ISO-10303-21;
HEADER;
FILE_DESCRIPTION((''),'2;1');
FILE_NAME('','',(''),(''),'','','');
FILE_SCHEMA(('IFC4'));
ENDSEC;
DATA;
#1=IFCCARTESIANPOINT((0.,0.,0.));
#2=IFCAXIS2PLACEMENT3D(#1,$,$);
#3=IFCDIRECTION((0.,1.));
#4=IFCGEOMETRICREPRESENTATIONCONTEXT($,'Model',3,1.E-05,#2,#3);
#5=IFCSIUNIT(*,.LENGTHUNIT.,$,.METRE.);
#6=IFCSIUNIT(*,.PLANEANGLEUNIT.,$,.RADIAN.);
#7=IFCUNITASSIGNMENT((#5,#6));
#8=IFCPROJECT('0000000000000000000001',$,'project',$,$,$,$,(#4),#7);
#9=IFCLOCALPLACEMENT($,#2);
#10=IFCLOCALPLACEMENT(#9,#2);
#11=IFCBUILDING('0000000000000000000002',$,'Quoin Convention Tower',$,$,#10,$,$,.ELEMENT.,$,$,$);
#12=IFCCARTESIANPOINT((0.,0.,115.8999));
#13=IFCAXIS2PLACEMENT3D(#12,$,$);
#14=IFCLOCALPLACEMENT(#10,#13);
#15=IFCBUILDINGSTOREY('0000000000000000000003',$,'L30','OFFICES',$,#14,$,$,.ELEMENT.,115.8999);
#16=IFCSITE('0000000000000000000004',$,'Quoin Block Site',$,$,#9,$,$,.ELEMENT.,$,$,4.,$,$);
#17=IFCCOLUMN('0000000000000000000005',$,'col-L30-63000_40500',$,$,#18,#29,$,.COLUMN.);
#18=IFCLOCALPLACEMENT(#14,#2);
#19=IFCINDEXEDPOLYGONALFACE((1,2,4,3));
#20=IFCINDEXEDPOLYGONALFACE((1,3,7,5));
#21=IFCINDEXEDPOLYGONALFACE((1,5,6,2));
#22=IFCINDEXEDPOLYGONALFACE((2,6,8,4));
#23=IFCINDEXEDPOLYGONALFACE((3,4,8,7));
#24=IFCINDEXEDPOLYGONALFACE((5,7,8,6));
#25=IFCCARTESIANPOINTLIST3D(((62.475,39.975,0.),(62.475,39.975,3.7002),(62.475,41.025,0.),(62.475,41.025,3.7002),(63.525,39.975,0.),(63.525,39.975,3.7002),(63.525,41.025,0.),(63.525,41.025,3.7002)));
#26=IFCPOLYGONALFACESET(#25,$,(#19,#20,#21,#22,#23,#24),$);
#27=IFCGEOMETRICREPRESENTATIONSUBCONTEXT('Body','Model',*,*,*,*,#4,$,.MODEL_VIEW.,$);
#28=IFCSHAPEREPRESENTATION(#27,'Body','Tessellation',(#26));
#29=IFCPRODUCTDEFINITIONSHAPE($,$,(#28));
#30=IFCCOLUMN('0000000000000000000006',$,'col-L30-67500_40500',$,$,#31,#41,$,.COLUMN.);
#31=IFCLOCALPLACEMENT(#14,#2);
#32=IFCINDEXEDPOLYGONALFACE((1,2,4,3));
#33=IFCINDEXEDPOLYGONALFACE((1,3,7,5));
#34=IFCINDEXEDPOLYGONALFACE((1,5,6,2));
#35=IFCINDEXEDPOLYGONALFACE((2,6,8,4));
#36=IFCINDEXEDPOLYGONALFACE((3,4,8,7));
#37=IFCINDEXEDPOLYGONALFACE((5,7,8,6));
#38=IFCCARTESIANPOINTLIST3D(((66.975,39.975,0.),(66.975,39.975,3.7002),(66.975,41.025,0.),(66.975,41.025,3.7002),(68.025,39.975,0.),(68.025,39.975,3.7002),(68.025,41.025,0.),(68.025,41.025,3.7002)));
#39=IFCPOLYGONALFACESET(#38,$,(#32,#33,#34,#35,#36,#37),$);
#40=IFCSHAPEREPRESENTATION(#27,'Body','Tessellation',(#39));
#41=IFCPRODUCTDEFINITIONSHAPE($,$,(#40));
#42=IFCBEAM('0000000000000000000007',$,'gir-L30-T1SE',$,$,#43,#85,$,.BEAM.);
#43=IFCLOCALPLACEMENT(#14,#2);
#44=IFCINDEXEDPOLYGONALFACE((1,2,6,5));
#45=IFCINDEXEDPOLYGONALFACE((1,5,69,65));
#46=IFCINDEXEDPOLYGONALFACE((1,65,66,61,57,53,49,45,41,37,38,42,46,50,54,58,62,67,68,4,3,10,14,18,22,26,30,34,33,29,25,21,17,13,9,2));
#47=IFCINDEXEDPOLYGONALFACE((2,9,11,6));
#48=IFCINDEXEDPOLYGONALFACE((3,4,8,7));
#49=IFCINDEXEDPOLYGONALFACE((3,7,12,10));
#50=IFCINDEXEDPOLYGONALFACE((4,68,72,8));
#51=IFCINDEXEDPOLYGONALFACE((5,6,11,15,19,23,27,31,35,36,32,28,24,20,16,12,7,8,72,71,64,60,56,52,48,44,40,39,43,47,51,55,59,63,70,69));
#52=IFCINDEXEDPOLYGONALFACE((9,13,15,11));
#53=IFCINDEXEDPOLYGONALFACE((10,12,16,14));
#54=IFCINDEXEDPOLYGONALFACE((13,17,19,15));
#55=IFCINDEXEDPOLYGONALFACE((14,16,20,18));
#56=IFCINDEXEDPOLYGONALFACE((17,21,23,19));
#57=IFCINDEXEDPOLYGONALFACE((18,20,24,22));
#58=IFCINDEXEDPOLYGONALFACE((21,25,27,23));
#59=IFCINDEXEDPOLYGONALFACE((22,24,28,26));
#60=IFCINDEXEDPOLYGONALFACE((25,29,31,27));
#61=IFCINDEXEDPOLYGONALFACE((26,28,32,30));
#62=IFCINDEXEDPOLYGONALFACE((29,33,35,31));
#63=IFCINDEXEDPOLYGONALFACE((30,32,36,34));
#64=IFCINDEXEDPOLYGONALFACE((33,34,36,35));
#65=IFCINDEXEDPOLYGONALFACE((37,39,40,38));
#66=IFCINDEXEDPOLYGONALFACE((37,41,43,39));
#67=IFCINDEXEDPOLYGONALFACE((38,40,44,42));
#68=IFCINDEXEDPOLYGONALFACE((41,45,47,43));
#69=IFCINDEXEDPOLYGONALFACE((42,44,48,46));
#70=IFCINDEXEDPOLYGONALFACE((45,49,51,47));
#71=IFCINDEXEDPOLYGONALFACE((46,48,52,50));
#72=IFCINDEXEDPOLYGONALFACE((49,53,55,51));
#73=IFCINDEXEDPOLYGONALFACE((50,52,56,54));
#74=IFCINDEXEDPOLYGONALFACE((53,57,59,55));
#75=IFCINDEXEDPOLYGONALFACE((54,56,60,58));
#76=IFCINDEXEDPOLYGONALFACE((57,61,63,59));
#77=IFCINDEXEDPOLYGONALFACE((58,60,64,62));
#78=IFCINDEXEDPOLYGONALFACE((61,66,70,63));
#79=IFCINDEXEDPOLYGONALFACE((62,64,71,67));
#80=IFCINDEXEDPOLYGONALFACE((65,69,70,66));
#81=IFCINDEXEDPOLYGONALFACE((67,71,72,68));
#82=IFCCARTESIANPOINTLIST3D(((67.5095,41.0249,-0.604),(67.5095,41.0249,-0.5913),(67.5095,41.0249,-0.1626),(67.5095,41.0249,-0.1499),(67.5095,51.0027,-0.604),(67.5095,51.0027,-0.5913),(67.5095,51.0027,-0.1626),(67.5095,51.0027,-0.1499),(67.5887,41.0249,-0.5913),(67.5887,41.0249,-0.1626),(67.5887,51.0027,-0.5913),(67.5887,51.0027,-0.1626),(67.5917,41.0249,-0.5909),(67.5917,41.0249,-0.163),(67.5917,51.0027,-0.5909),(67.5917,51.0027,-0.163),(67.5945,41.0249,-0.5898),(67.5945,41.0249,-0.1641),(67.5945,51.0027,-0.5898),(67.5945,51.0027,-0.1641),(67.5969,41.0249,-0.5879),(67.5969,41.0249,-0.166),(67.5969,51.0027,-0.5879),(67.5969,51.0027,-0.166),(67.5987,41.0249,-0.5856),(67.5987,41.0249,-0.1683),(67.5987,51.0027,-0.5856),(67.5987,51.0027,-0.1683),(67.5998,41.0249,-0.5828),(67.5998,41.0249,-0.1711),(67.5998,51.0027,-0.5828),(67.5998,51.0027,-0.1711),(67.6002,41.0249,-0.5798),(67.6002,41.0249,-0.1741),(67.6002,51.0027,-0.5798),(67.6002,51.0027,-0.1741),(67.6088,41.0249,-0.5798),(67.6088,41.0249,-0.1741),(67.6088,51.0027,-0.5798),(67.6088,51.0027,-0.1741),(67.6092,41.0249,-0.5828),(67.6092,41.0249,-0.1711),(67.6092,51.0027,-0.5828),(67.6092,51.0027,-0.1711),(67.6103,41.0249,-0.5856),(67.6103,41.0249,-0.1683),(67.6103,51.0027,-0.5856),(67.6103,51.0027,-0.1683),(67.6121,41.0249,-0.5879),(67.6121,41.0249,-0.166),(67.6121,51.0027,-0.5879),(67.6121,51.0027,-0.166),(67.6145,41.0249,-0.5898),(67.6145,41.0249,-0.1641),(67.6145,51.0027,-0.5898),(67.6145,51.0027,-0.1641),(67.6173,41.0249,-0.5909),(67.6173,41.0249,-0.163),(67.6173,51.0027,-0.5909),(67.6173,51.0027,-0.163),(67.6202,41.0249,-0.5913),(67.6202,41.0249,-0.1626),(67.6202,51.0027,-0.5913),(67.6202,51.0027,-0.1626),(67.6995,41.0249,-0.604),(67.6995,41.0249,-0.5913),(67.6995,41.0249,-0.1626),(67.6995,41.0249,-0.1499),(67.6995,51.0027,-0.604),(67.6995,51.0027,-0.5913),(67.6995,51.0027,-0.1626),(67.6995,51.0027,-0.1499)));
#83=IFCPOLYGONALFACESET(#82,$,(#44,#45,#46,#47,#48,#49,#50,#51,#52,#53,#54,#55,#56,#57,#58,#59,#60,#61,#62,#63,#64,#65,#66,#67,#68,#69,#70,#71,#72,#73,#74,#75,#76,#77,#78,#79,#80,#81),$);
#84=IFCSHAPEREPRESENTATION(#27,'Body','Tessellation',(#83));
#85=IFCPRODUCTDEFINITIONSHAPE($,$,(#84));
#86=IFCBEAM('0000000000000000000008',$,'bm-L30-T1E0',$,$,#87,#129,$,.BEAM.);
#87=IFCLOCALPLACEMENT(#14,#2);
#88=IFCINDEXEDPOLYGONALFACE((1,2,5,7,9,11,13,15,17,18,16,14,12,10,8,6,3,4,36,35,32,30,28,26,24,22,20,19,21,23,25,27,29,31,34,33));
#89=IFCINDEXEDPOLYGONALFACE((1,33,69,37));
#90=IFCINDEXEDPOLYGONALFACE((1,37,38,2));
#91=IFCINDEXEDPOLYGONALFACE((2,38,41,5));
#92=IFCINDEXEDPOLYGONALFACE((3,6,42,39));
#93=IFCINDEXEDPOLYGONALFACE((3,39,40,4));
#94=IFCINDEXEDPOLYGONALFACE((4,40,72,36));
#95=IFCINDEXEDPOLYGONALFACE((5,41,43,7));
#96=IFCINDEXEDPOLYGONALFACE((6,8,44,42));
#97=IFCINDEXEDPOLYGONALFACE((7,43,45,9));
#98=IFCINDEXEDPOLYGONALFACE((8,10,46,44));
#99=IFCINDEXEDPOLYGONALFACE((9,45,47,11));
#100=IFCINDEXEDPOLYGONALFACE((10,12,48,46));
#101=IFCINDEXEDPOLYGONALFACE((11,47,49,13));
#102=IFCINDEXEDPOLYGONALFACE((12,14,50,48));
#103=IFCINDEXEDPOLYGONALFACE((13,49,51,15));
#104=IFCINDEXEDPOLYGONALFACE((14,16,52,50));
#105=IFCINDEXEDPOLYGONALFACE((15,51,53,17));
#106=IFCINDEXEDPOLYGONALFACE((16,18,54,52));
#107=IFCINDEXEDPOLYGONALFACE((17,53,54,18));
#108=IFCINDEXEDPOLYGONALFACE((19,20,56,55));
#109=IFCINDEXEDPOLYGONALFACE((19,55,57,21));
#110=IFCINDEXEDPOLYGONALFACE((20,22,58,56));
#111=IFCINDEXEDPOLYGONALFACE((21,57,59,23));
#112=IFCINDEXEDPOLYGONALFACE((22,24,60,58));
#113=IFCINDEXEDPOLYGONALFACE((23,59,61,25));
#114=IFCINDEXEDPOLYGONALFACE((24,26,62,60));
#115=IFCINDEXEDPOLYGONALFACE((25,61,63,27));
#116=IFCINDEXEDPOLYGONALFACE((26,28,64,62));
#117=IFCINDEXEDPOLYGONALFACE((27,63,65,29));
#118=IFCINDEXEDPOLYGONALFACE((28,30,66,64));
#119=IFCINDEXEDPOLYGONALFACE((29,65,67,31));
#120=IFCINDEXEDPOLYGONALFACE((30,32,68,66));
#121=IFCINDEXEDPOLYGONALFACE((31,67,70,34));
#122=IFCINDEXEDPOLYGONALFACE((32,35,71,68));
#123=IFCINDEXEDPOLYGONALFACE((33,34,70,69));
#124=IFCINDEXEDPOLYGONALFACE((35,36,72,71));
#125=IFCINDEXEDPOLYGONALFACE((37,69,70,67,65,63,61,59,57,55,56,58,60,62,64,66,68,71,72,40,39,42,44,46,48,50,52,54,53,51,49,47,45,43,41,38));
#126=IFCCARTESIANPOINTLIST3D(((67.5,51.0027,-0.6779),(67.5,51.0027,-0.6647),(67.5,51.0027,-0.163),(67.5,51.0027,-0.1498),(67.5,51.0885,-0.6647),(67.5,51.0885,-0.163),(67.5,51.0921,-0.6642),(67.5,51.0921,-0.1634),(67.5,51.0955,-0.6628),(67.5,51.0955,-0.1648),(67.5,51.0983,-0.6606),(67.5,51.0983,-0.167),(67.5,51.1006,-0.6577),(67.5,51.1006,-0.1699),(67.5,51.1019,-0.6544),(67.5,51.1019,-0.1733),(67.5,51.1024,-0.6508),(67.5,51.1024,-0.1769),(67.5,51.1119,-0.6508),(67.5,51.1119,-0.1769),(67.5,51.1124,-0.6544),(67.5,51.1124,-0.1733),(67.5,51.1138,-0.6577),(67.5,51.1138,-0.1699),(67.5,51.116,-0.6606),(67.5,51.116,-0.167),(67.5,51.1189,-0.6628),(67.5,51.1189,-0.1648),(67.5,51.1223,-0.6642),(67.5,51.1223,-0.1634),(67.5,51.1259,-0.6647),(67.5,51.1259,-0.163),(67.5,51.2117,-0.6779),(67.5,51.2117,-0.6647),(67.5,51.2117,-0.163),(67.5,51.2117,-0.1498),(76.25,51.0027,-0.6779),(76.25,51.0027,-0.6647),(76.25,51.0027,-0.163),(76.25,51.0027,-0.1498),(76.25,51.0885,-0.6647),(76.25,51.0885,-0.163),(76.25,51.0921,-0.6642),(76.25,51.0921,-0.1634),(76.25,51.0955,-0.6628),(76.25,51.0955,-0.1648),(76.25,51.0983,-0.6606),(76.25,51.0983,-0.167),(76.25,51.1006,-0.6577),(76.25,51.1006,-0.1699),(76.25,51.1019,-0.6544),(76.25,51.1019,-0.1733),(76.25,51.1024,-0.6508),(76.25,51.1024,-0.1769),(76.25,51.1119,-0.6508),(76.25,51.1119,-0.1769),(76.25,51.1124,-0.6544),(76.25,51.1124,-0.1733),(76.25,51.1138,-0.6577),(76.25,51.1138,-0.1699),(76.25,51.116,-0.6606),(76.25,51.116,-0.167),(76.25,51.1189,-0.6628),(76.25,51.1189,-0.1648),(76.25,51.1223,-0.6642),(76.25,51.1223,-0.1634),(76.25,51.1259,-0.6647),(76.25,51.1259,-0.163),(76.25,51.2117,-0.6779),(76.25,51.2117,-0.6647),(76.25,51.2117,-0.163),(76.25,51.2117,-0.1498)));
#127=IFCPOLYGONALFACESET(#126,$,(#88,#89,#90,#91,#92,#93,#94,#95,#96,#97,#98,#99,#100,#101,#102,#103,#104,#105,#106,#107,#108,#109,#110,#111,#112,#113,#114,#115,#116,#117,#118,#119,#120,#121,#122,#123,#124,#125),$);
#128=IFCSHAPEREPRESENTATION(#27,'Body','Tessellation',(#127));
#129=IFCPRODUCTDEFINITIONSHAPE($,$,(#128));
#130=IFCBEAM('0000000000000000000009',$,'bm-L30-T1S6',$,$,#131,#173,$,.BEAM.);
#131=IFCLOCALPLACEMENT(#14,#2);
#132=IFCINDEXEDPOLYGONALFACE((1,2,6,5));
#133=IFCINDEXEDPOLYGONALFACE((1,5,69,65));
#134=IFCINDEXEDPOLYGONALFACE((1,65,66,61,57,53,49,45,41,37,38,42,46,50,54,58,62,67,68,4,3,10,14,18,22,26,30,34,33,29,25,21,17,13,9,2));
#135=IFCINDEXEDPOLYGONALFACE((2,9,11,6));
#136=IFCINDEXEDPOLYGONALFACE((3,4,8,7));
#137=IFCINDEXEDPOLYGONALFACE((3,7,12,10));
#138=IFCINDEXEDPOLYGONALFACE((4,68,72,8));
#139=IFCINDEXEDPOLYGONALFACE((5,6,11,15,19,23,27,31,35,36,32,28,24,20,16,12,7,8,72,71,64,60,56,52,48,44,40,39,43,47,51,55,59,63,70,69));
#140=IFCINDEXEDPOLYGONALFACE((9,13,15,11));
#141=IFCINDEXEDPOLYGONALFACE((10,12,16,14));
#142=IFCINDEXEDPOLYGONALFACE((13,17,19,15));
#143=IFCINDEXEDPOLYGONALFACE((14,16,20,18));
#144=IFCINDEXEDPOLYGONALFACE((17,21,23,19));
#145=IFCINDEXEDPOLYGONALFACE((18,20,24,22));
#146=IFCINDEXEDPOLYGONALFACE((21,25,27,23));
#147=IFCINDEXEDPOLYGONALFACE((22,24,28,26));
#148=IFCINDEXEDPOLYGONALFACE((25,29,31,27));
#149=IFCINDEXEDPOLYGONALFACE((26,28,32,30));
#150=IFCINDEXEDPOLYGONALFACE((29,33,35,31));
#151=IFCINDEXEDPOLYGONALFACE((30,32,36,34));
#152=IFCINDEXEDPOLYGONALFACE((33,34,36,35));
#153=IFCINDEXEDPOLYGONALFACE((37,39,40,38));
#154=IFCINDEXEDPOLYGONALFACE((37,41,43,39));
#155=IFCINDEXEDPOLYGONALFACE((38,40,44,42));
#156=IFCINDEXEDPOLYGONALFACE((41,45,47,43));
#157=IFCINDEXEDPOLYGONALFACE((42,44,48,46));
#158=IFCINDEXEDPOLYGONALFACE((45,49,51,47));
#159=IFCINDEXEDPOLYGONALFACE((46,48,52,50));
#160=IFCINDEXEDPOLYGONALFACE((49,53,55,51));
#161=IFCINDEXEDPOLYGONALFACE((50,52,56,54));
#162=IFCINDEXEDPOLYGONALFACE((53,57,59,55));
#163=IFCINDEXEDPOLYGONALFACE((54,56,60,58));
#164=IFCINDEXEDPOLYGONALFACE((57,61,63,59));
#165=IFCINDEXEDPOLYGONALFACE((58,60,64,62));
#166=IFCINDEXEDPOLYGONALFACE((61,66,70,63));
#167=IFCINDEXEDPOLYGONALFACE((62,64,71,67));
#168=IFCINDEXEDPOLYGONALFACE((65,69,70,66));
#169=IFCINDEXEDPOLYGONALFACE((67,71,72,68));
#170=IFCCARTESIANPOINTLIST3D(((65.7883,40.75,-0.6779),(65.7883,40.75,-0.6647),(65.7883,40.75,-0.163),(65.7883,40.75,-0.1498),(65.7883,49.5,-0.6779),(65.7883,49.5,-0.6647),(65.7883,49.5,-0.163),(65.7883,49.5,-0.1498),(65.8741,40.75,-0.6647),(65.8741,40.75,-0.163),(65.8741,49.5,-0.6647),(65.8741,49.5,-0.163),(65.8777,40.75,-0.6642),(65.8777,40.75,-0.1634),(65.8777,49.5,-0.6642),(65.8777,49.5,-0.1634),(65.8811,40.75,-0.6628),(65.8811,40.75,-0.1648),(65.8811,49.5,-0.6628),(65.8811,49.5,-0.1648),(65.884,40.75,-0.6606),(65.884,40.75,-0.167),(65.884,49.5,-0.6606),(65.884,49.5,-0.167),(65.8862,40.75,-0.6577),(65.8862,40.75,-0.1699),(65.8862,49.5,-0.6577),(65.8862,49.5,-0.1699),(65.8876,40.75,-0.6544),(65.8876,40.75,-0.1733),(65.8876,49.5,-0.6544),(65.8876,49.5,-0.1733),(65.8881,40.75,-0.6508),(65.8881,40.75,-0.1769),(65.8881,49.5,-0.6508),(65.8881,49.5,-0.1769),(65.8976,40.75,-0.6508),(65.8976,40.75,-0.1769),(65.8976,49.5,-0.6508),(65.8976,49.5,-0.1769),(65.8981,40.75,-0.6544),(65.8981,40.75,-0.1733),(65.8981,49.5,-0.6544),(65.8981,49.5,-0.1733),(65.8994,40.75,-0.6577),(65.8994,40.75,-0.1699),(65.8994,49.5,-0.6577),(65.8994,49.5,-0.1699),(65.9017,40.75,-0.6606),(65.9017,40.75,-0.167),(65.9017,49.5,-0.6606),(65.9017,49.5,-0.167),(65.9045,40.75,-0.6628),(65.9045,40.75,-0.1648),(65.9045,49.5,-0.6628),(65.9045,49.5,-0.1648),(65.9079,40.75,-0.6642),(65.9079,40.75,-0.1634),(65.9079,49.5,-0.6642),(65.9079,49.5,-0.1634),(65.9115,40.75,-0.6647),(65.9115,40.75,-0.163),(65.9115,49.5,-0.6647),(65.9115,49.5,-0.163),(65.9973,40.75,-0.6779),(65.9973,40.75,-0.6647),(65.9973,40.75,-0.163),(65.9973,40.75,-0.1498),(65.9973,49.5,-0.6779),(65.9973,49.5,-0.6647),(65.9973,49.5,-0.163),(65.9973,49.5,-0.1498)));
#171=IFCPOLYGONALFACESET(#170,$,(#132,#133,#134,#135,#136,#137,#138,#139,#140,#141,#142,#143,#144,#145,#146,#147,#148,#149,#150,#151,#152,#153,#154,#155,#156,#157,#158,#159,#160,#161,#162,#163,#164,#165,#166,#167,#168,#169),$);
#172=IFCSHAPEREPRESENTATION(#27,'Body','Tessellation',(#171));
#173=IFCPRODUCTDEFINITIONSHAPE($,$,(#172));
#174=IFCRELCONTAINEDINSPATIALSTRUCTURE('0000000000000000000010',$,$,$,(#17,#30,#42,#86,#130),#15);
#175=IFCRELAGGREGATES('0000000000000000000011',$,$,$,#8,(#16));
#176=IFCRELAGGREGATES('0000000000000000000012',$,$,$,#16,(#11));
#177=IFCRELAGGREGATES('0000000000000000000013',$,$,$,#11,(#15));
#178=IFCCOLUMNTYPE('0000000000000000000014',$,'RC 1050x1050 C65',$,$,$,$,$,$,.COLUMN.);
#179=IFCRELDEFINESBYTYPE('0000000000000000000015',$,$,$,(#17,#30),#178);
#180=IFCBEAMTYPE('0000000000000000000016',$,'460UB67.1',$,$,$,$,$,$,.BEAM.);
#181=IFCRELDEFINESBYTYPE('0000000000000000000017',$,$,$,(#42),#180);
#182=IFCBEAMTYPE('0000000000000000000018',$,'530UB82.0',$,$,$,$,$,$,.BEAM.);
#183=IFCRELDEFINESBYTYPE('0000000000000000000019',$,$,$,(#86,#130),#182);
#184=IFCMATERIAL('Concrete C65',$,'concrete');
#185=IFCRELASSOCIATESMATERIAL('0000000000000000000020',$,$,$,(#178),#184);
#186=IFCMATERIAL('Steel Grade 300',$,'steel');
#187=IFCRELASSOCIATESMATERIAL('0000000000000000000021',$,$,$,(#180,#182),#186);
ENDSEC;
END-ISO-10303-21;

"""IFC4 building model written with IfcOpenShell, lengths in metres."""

from ifc_helpers import new_model, si_unit, direction, frame, origin, origin_2d, place, context, subcontext, project, spatial, rectangle, i_section, extrude, material, material_profile, profile_set, type_object, element, save


model = new_model("IFC4")

# Units and contexts
model_context = context("Model", 3, precision=1e-05, world=origin(), true_north=direction((0.0, 1.0)))
body_context = subcontext(model_context, "Body", "Model", "MODEL_VIEW")
ifc_project = project(units=[si_unit("LENGTHUNIT", "METRE"), si_unit("PLANEANGLEUNIT", "RADIAN")], contexts=[model_context])

# Site, building, storey
site_placement = place(None, origin())
site = spatial("IfcSite", under=ifc_project, at=site_placement, Name="Quoin Block Site", CompositionType="ELEMENT", RefElevation=4.0)
building_placement = place(site_placement, origin())
building = spatial("IfcBuilding", under=site, at=building_placement, Name="Quoin Convention Tower", CompositionType="ELEMENT")
storey_placement = place(building_placement, frame((0.0, 0.0, 115.8999)))
storey = spatial("IfcBuildingStorey", under=building, at=storey_placement, Name="L30", Description="OFFICES", CompositionType="ELEMENT", Elevation=115.8999)

# Columns
ifc_material_1 = material(Name="Concrete C65", Category="concrete")
ifc_material_profile_1 = material_profile(ifc_material_1, rectangle(XDim=1.05, YDim=1.05, at=origin_2d()), Name="RC 1050x1050")
ifc_profile_set_1 = profile_set([ifc_material_profile_1], Name="Concrete C65")
column_type = type_object("IfcColumnType", Name="RC 1050x1050 C65", PredefinedType="COLUMN", material=ifc_profile_set_1)
for number, where, z_axis, x_axis, name in (
    (1, (63.0, 40.5, 0.0), (0.0, 0.0, 1.0), (1.0, 0.0, 0.0), "col-L30-63000_40500"),
    (2, (67.5, 40.5, 0.0), (0.0, 0.0, 1.0), (1.0, 0.0, 0.0), "col-L30-67500_40500"),
):
    element("IfcColumn", number, at=place(storey_placement, frame(where, z_axis=z_axis, x_axis=x_axis)), inside=storey, type_object=column_type, Name=name, PredefinedType="COLUMN", context=body_context, shape_type="SweptSolid", body=[
        extrude(rectangle(XDim=1.05, YDim=1.05, at=origin_2d()), origin(), (0.0, 0.0, 1.0), 3.7002),
    ])

# Beams
ifc_material_2 = material(Name="Steel Grade 300", Category="steel")
ifc_material_profile_2 = material_profile(ifc_material_2, i_section(OverallWidth=0.1899, OverallDepth=0.4541, WebThickness=0.0085, FlangeThickness=0.0127, FilletRadius=0.0115, at=origin_2d()), Name="460UB67.1")
ifc_profile_set_2 = profile_set([ifc_material_profile_2], Name="Steel Grade 300")
beam_type_1 = type_object("IfcBeamType", Name="460UB67.1", PredefinedType="BEAM", material=ifc_profile_set_2)
beam_1_placement = place(storey_placement, frame((67.6045, 41.0249, -0.377), z_axis=(0.0, 1.0, 0.0), x_axis=(-1.0, 0.0, 0.0)))
element("IfcBeam", 3, at=beam_1_placement, inside=storey, type_object=beam_type_1, Name="gir-L30-T1SE", PredefinedType="BEAM", context=body_context, shape_type="SweptSolid", body=[
    extrude(i_section(OverallWidth=0.1899, OverallDepth=0.4541, WebThickness=0.0085, FlangeThickness=0.0127, FilletRadius=0.0115, at=origin_2d()), origin(), (0.0, 0.0, 1.0), 9.9778),
])
ifc_material_profile_3 = material_profile(ifc_material_2, i_section(OverallWidth=0.209, OverallDepth=0.5281, WebThickness=0.0095, FlangeThickness=0.0132, FilletRadius=0.0139, at=origin_2d()), Name="530UB82.0")
ifc_profile_set_3 = profile_set([ifc_material_profile_3], Name="Steel Grade 300")
beam_type_2 = type_object("IfcBeamType", Name="530UB82.0", PredefinedType="BEAM", material=ifc_profile_set_3)
for number, where, z_axis, x_axis, name in (
    (4, (67.5, 51.1072, -0.4138), (1.0, 0.0, 0.0), (0.0, 1.0, 0.0), "bm-L30-T1E0"),
    (5, (65.8928, 40.75, -0.4138), (0.0, 1.0, 0.0), (-1.0, 0.0, 0.0), "bm-L30-T1S6"),
):
    element("IfcBeam", number, at=place(storey_placement, frame(where, z_axis=z_axis, x_axis=x_axis)), inside=storey, type_object=beam_type_2, Name=name, PredefinedType="BEAM", context=body_context, shape_type="SweptSolid", body=[
        extrude(i_section(OverallWidth=0.209, OverallDepth=0.5281, WebThickness=0.0095, FlangeThickness=0.0132, FilletRadius=0.0139, at=origin_2d()), origin(), (0.0, 0.0, 1.0), 8.75),
    ])

save(model, "model.ifc")
